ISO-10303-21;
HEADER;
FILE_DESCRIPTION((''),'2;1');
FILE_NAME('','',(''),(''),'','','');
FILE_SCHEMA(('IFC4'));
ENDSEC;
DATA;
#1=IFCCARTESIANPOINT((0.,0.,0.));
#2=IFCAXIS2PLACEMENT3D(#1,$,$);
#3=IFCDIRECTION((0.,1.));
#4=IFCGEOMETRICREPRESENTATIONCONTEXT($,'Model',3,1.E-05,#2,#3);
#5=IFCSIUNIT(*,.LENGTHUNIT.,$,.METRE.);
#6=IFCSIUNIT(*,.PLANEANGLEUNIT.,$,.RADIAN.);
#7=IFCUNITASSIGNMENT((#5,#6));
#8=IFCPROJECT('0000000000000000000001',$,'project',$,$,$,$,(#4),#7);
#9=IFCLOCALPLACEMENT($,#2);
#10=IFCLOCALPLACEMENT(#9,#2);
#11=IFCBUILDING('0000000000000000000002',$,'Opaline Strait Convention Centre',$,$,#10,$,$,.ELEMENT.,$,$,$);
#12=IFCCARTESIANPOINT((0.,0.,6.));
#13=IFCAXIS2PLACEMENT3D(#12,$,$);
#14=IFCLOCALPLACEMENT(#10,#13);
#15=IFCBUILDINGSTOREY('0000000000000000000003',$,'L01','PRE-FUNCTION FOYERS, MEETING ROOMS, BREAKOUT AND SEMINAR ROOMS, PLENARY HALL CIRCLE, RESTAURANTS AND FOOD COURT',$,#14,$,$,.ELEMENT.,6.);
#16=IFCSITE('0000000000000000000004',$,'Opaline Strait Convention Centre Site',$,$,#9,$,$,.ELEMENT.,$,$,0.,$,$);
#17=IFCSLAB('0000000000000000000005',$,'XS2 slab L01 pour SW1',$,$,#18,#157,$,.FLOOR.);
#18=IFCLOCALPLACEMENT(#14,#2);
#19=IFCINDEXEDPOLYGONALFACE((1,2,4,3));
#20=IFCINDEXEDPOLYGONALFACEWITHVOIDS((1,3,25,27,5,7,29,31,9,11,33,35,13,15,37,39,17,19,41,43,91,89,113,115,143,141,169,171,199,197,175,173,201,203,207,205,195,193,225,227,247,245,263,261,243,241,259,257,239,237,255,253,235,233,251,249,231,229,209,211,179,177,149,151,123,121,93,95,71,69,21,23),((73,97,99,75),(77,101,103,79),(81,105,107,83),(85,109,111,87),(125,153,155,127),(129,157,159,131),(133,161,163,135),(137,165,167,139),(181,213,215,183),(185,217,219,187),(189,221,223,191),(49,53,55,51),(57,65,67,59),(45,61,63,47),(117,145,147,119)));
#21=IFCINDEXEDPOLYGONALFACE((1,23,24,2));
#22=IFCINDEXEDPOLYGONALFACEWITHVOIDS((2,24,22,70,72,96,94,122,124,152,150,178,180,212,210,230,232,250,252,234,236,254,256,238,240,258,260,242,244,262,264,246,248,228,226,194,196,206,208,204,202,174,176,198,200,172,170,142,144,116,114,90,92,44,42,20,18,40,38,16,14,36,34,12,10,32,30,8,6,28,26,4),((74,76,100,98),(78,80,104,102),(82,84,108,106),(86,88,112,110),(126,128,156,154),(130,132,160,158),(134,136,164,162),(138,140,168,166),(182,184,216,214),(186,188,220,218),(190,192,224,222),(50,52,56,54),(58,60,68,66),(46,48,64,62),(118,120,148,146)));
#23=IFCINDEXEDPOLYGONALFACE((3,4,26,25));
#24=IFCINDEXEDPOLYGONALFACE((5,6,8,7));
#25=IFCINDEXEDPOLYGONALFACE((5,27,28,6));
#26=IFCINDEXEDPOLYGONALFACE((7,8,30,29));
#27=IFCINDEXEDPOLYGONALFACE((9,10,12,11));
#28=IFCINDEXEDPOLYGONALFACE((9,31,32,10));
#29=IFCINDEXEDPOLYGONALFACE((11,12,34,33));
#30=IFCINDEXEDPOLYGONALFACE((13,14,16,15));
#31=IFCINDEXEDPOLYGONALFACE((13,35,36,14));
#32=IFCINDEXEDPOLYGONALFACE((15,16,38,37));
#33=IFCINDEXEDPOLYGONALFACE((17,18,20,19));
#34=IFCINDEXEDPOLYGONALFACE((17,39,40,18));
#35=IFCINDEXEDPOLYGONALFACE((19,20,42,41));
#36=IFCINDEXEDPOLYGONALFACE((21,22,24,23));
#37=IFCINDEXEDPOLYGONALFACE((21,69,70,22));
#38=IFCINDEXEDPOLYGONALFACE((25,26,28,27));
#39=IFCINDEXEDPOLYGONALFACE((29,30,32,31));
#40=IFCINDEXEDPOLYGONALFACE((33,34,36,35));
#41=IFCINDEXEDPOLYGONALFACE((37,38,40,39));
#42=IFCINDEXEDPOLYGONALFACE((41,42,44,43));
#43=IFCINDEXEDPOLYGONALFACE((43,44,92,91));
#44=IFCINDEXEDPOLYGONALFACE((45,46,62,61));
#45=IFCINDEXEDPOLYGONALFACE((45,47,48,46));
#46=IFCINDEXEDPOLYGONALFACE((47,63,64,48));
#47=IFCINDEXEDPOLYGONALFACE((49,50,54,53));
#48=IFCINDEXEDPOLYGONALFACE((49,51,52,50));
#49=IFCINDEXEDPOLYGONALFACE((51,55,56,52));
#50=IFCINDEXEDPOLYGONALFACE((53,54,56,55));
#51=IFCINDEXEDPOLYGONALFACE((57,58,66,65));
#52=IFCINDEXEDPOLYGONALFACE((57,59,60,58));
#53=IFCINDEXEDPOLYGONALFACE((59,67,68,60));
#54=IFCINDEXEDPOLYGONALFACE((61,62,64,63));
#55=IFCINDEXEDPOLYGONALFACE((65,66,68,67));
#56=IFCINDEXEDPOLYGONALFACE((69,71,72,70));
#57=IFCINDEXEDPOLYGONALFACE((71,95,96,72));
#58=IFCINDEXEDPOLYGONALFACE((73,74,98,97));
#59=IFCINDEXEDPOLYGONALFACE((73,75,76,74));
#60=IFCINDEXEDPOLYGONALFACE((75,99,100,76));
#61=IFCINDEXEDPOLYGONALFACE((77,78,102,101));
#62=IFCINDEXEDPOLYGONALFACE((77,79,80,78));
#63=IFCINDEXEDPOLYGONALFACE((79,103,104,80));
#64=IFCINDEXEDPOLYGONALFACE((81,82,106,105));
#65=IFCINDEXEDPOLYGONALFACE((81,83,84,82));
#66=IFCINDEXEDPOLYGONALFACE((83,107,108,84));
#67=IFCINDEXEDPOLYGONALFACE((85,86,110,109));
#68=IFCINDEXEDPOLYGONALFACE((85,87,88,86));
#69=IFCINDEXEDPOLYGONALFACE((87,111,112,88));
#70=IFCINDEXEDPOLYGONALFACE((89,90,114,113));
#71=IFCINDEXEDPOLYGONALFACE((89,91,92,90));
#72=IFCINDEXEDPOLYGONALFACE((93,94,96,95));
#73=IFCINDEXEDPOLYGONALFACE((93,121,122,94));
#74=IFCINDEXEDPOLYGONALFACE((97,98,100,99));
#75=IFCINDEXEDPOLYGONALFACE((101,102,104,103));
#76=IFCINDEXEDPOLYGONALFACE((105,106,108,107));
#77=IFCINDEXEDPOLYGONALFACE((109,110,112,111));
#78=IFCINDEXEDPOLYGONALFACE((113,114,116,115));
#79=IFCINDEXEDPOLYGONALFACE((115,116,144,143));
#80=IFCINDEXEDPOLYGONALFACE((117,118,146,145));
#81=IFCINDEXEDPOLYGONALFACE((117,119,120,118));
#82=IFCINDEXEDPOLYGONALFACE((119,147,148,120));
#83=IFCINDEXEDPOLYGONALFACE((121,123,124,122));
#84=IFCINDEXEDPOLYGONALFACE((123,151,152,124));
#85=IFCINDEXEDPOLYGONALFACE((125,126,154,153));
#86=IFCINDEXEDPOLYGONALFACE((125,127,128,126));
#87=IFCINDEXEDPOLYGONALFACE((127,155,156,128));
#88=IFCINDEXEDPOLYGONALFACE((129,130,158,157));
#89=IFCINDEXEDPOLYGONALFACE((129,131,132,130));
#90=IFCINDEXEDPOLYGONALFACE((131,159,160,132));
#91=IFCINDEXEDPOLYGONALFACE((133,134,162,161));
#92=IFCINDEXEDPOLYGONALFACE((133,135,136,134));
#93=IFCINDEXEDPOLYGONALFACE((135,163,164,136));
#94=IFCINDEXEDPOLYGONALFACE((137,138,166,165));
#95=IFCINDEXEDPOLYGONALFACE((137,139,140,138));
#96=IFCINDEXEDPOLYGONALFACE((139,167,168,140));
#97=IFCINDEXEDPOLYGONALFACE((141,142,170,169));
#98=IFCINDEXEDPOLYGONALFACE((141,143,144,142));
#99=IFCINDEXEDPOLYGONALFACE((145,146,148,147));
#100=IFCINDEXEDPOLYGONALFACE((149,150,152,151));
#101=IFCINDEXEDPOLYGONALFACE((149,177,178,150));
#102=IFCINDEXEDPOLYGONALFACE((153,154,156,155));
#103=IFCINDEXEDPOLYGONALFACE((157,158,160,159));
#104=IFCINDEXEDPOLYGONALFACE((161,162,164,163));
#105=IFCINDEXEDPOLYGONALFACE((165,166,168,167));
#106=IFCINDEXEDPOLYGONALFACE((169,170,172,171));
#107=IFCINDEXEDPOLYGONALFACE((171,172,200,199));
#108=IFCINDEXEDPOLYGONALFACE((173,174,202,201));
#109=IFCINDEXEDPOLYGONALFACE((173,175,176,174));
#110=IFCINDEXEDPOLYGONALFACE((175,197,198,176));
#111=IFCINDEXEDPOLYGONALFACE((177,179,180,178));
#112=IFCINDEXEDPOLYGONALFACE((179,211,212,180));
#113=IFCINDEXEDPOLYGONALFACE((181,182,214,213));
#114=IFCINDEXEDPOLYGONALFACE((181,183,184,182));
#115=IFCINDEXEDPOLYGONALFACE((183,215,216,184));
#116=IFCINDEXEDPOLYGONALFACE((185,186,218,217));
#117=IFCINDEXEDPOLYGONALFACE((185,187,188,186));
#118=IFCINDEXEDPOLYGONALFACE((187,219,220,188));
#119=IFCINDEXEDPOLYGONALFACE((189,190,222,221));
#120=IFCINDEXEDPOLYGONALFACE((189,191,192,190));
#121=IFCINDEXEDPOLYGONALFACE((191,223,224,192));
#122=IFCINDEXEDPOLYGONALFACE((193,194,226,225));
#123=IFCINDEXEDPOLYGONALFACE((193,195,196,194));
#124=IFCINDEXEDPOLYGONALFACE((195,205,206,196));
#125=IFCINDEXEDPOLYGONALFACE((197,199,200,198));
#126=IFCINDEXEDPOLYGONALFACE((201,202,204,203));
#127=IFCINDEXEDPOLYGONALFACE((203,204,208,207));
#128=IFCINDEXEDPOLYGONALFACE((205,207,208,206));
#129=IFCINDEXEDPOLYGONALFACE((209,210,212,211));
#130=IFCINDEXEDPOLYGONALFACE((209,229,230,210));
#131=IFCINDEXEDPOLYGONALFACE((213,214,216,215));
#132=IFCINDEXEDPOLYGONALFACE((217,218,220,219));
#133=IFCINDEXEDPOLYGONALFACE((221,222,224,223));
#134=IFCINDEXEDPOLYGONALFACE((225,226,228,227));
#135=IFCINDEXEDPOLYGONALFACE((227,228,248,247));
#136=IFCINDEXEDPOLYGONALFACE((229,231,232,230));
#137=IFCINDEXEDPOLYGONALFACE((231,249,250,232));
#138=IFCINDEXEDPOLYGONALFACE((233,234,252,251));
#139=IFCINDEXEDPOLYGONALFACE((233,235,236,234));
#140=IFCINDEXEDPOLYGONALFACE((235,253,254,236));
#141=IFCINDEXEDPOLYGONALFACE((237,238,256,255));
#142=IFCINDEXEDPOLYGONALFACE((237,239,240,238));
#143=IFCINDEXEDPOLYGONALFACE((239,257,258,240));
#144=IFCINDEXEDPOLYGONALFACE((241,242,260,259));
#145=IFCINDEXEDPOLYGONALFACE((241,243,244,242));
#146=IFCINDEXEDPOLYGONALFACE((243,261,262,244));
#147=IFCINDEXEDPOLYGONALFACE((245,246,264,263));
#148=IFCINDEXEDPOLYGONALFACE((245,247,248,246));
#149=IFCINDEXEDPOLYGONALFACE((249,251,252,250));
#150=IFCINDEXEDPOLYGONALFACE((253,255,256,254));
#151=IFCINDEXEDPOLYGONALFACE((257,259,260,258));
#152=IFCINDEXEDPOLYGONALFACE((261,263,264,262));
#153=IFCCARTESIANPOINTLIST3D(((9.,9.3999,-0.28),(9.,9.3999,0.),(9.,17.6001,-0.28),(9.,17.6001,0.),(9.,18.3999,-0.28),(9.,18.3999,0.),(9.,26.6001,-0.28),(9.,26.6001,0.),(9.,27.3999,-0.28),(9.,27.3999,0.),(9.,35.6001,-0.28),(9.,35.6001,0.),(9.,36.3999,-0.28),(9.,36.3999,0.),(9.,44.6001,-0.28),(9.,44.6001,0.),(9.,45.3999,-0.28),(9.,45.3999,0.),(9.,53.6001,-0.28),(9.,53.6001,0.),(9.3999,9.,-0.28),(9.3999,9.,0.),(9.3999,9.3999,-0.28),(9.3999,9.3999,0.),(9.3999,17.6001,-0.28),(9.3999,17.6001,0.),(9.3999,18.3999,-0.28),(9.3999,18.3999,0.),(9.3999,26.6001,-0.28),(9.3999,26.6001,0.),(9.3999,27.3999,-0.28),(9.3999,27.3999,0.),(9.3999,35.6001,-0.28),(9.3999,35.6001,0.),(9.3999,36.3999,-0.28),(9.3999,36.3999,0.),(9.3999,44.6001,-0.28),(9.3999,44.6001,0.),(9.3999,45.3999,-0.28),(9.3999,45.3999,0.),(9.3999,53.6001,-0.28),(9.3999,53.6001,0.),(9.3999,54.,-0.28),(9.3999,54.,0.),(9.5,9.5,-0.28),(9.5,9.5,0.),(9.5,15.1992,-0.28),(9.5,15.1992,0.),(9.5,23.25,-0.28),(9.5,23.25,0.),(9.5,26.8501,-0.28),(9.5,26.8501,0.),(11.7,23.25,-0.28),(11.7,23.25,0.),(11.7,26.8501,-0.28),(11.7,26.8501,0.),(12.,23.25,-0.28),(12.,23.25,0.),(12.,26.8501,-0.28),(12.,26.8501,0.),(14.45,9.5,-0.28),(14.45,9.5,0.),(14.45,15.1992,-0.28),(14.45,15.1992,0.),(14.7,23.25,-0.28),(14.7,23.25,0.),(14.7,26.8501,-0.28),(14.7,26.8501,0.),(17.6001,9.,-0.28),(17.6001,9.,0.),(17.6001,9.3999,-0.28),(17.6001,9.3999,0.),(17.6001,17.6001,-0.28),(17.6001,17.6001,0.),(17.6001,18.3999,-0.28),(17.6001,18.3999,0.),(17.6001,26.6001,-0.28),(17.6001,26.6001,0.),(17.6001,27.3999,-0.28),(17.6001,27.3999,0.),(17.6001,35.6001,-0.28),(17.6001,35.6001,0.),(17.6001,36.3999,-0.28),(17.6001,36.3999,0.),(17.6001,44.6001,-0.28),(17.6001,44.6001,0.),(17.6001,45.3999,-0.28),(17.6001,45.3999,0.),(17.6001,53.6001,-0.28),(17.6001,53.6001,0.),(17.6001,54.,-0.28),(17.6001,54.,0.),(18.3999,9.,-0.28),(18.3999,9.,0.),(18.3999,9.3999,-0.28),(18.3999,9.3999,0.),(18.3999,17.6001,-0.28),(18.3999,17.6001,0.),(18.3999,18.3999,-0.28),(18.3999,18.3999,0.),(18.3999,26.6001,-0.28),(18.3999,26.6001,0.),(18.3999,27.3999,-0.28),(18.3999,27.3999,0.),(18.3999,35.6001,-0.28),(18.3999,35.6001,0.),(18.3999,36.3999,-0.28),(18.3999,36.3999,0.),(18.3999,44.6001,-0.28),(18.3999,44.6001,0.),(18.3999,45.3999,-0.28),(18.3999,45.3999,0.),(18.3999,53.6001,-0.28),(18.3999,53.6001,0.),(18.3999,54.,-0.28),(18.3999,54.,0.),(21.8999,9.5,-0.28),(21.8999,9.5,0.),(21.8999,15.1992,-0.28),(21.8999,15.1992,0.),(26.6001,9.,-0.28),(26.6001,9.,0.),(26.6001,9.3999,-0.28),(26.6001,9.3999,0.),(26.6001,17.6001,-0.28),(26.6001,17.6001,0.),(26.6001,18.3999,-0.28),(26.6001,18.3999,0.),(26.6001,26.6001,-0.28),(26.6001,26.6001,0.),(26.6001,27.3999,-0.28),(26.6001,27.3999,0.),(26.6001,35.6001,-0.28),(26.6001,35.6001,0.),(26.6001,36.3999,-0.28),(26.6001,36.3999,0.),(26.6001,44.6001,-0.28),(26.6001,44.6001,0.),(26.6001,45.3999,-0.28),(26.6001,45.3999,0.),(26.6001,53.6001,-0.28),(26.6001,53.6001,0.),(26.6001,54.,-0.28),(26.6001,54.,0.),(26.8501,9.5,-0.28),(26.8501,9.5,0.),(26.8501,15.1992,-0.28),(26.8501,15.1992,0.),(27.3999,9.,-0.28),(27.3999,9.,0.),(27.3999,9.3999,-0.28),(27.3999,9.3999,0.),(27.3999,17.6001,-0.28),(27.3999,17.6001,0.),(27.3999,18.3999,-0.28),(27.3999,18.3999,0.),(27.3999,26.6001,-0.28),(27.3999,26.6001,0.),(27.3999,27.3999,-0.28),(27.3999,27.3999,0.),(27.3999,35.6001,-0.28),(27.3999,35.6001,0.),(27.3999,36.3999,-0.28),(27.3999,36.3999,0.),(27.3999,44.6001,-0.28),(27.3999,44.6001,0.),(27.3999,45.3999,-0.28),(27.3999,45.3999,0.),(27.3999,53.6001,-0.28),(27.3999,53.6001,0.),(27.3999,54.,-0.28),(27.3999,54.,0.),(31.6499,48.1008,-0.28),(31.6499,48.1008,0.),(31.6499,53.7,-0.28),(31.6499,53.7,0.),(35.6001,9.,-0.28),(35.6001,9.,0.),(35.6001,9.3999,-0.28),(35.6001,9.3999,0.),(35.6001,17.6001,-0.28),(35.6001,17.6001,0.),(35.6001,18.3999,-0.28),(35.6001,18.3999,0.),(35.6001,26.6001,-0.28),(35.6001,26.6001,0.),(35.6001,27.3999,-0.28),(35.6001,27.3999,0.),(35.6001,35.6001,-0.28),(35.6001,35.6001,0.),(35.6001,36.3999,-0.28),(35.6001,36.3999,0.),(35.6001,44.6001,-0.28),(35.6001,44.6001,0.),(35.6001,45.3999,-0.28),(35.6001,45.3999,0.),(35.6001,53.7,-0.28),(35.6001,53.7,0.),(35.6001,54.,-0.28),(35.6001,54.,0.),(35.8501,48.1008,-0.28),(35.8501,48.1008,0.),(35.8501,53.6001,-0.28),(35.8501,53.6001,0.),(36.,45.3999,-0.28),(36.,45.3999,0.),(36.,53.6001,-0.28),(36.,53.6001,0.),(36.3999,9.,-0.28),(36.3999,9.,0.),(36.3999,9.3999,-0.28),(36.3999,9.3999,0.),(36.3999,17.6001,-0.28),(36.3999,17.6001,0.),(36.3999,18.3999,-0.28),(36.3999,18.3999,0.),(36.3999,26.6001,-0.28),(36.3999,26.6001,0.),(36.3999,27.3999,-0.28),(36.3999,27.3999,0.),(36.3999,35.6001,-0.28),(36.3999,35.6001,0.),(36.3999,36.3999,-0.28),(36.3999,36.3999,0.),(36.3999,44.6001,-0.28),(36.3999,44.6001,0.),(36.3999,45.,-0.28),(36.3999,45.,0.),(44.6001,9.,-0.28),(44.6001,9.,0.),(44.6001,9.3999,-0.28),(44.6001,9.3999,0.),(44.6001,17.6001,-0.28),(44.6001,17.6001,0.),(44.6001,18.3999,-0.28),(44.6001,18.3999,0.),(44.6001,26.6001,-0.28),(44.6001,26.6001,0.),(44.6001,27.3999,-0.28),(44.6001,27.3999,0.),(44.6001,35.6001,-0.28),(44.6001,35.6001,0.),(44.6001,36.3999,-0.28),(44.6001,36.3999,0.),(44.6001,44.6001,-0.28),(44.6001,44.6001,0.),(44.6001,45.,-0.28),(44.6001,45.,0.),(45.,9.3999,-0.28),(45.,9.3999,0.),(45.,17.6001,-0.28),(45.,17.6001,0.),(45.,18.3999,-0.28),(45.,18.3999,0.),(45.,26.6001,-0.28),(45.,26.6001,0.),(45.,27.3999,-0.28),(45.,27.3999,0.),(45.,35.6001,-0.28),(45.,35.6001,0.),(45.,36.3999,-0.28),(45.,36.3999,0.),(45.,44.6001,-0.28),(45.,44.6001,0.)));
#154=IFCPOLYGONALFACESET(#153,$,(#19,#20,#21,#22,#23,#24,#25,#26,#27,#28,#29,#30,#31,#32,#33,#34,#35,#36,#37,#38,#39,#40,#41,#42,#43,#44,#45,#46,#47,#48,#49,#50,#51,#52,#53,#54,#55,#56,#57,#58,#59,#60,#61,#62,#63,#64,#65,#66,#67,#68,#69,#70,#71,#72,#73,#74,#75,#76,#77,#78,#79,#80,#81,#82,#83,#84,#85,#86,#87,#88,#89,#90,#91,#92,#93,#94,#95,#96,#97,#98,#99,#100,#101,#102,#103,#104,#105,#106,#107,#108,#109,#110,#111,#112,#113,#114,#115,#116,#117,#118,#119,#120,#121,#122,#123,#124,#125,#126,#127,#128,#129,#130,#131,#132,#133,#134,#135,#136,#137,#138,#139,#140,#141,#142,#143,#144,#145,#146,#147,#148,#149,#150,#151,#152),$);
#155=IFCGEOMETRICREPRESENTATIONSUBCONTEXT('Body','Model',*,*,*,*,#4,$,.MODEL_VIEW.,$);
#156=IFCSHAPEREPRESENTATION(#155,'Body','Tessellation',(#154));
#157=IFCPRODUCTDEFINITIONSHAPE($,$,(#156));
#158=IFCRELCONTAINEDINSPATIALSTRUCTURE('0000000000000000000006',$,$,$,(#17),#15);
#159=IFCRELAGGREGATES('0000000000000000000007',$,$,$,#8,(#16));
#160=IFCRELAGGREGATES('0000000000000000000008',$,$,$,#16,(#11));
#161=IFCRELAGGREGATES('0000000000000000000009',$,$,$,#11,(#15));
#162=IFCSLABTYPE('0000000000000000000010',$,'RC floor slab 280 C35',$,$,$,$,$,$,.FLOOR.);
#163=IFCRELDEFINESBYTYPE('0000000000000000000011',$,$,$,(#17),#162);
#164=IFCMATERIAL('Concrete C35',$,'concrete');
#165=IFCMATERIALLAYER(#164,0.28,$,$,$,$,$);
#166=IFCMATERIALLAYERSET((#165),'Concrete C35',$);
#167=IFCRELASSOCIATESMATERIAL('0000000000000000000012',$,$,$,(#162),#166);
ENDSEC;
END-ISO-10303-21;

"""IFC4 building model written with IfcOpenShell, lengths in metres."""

from ifc_helpers import new_model, si_unit, direction, frame, origin, place, context, subcontext, project, spatial, polyline, outline, extrude, material, layer, layer_set, type_object, element, save


model = new_model("IFC4")

# Units and contexts
model_context = context("Model", 3, precision=1e-05, world=origin(), true_north=direction((0.0, 1.0)))
body_context = subcontext(model_context, "Body", "Model", "MODEL_VIEW")
ifc_project = project(units=[si_unit("LENGTHUNIT", "METRE"), si_unit("PLANEANGLEUNIT", "RADIAN")], contexts=[model_context])

# Site, building, storey
site_placement = place(None, origin())
site = spatial("IfcSite", under=ifc_project, at=site_placement, Name="Opaline Strait Convention Centre Site", CompositionType="ELEMENT", RefElevation=0.0)
building_placement = place(site_placement, origin())
building = spatial("IfcBuilding", under=site, at=building_placement, Name="Opaline Strait Convention Centre", CompositionType="ELEMENT")
storey_placement = place(building_placement, frame((0.0, 0.0, 6.0)))
storey = spatial("IfcBuildingStorey", under=building, at=storey_placement, Name="L01", Description="PRE-FUNCTION FOYERS, MEETING ROOMS, BREAKOUT AND SEMINAR ROOMS, PLENARY HALL CIRCLE, RESTAURANTS AND FOOD COURT", CompositionType="ELEMENT", Elevation=6.0)

# Slab
ifc_material_1 = material(Name="Concrete C35", Category="concrete")
ifc_layer_1 = layer(ifc_material_1, 0.28)
ifc_layer_set_1 = layer_set([ifc_layer_1], Name="Concrete C35")
slab_type_1 = type_object("IfcSlabType", Name="RC floor slab 280 C35", PredefinedType="FLOOR", material=ifc_layer_set_1)
slab_1_placement = place(storey_placement, frame((0.0, 0.0, -0.28)))
element("IfcSlab", 1, at=slab_1_placement, inside=storey, type_object=slab_type_1, Name="XS2 slab L01 pour SW1", PredefinedType="FLOOR", context=body_context, shape_type="SweptSolid", body=[
    extrude(outline(polyline([(9.3999, 17.6001), (9.3999, 18.3999), (9.0, 18.3999), (9.0, 26.6001), (9.3999, 26.6001), (9.3999, 27.3999), (9.0, 27.3999), (9.0, 35.6001), (9.3999, 35.6001), (9.3999, 36.3999), (9.0, 36.3999), (9.0, 44.6001), (9.3999, 44.6001), (9.3999, 45.3999), (9.0, 45.3999), (9.0, 53.6001), (9.3999, 53.6001), (9.3999, 54.0), (17.6001, 54.0), (17.6001, 53.6001), (18.3999, 53.6001), (18.3999, 54.0), (26.6001, 54.0), (26.6001, 53.6001), (27.3999, 53.6001), (27.3999, 54.0), (35.6001, 54.0), (35.6001, 53.7), (31.6499, 53.7), (31.6499, 48.1008), (35.8501, 48.1008), (35.8501, 53.6001), (36.0, 53.6001), (36.0, 45.3999), (35.6001, 45.3999), (35.6001, 44.6001), (36.3999, 44.6001), (36.3999, 45.0), (44.6001, 45.0), (44.6001, 44.6001), (45.0, 44.6001), (45.0, 36.3999), (44.6001, 36.3999), (44.6001, 35.6001), (45.0, 35.6001), (45.0, 27.3999), (44.6001, 27.3999), (44.6001, 26.6001), (45.0, 26.6001), (45.0, 18.3999), (44.6001, 18.3999), (44.6001, 17.6001), (45.0, 17.6001), (45.0, 9.3999), (44.6001, 9.3999), (44.6001, 9.0), (36.3999, 9.0), (36.3999, 9.3999), (35.6001, 9.3999), (35.6001, 9.0), (27.3999, 9.0), (27.3999, 9.3999), (26.6001, 9.3999), (26.6001, 9.0), (18.3999, 9.0), (18.3999, 9.3999), (17.6001, 9.3999), (17.6001, 9.0), (9.3999, 9.0), (9.3999, 9.3999), (9.0, 9.3999), (9.0, 17.6001), (9.3999, 17.6001)]), holes=[polyline([(21.8999, 9.5), (26.8501, 9.5), (26.8501, 15.1992), (21.8999, 15.1992), (21.8999, 9.5)]), polyline([(9.5, 9.5), (14.45, 9.5), (14.45, 15.1992), (9.5, 15.1992), (9.5, 9.5)]), polyline([(17.6001, 17.6001), (18.3999, 17.6001), (18.3999, 18.3999), (17.6001, 18.3999), (17.6001, 17.6001)]), polyline([(12.0, 23.25), (14.7, 23.25), (14.7, 26.8501), (12.0, 26.8501), (12.0, 23.25)]), polyline([(11.7, 23.25), (11.7, 26.8501), (9.5, 26.8501), (9.5, 23.25), (11.7, 23.25)]), polyline([(17.6001, 26.6001), (18.3999, 26.6001), (18.3999, 27.3999), (17.6001, 27.3999), (17.6001, 26.6001)]), polyline([(17.6001, 35.6001), (18.3999, 35.6001), (18.3999, 36.3999), (17.6001, 36.3999), (17.6001, 35.6001)]), polyline([(17.6001, 44.6001), (18.3999, 44.6001), (18.3999, 45.3999), (17.6001, 45.3999), (17.6001, 44.6001)]), polyline([(26.6001, 17.6001), (27.3999, 17.6001), (27.3999, 18.3999), (26.6001, 18.3999), (26.6001, 17.6001)]), polyline([(35.6001, 17.6001), (36.3999, 17.6001), (36.3999, 18.3999), (35.6001, 18.3999), (35.6001, 17.6001)]), polyline([(27.3999, 26.6001), (27.3999, 27.3999), (26.6001, 27.3999), (26.6001, 26.6001), (27.3999, 26.6001)]), polyline([(35.6001, 26.6001), (36.3999, 26.6001), (36.3999, 27.3999), (35.6001, 27.3999), (35.6001, 26.6001)]), polyline([(35.6001, 35.6001), (36.3999, 35.6001), (36.3999, 36.3999), (35.6001, 36.3999), (35.6001, 35.6001)]), polyline([(26.6001, 35.6001), (27.3999, 35.6001), (27.3999, 36.3999), (26.6001, 36.3999), (26.6001, 35.6001)]), polyline([(26.6001, 44.6001), (27.3999, 44.6001), (27.3999, 45.3999), (26.6001, 45.3999), (26.6001, 44.6001)])]), origin(), (0.0, 0.0, 1.0), 0.28),
])

save(model, "model.ifc")
